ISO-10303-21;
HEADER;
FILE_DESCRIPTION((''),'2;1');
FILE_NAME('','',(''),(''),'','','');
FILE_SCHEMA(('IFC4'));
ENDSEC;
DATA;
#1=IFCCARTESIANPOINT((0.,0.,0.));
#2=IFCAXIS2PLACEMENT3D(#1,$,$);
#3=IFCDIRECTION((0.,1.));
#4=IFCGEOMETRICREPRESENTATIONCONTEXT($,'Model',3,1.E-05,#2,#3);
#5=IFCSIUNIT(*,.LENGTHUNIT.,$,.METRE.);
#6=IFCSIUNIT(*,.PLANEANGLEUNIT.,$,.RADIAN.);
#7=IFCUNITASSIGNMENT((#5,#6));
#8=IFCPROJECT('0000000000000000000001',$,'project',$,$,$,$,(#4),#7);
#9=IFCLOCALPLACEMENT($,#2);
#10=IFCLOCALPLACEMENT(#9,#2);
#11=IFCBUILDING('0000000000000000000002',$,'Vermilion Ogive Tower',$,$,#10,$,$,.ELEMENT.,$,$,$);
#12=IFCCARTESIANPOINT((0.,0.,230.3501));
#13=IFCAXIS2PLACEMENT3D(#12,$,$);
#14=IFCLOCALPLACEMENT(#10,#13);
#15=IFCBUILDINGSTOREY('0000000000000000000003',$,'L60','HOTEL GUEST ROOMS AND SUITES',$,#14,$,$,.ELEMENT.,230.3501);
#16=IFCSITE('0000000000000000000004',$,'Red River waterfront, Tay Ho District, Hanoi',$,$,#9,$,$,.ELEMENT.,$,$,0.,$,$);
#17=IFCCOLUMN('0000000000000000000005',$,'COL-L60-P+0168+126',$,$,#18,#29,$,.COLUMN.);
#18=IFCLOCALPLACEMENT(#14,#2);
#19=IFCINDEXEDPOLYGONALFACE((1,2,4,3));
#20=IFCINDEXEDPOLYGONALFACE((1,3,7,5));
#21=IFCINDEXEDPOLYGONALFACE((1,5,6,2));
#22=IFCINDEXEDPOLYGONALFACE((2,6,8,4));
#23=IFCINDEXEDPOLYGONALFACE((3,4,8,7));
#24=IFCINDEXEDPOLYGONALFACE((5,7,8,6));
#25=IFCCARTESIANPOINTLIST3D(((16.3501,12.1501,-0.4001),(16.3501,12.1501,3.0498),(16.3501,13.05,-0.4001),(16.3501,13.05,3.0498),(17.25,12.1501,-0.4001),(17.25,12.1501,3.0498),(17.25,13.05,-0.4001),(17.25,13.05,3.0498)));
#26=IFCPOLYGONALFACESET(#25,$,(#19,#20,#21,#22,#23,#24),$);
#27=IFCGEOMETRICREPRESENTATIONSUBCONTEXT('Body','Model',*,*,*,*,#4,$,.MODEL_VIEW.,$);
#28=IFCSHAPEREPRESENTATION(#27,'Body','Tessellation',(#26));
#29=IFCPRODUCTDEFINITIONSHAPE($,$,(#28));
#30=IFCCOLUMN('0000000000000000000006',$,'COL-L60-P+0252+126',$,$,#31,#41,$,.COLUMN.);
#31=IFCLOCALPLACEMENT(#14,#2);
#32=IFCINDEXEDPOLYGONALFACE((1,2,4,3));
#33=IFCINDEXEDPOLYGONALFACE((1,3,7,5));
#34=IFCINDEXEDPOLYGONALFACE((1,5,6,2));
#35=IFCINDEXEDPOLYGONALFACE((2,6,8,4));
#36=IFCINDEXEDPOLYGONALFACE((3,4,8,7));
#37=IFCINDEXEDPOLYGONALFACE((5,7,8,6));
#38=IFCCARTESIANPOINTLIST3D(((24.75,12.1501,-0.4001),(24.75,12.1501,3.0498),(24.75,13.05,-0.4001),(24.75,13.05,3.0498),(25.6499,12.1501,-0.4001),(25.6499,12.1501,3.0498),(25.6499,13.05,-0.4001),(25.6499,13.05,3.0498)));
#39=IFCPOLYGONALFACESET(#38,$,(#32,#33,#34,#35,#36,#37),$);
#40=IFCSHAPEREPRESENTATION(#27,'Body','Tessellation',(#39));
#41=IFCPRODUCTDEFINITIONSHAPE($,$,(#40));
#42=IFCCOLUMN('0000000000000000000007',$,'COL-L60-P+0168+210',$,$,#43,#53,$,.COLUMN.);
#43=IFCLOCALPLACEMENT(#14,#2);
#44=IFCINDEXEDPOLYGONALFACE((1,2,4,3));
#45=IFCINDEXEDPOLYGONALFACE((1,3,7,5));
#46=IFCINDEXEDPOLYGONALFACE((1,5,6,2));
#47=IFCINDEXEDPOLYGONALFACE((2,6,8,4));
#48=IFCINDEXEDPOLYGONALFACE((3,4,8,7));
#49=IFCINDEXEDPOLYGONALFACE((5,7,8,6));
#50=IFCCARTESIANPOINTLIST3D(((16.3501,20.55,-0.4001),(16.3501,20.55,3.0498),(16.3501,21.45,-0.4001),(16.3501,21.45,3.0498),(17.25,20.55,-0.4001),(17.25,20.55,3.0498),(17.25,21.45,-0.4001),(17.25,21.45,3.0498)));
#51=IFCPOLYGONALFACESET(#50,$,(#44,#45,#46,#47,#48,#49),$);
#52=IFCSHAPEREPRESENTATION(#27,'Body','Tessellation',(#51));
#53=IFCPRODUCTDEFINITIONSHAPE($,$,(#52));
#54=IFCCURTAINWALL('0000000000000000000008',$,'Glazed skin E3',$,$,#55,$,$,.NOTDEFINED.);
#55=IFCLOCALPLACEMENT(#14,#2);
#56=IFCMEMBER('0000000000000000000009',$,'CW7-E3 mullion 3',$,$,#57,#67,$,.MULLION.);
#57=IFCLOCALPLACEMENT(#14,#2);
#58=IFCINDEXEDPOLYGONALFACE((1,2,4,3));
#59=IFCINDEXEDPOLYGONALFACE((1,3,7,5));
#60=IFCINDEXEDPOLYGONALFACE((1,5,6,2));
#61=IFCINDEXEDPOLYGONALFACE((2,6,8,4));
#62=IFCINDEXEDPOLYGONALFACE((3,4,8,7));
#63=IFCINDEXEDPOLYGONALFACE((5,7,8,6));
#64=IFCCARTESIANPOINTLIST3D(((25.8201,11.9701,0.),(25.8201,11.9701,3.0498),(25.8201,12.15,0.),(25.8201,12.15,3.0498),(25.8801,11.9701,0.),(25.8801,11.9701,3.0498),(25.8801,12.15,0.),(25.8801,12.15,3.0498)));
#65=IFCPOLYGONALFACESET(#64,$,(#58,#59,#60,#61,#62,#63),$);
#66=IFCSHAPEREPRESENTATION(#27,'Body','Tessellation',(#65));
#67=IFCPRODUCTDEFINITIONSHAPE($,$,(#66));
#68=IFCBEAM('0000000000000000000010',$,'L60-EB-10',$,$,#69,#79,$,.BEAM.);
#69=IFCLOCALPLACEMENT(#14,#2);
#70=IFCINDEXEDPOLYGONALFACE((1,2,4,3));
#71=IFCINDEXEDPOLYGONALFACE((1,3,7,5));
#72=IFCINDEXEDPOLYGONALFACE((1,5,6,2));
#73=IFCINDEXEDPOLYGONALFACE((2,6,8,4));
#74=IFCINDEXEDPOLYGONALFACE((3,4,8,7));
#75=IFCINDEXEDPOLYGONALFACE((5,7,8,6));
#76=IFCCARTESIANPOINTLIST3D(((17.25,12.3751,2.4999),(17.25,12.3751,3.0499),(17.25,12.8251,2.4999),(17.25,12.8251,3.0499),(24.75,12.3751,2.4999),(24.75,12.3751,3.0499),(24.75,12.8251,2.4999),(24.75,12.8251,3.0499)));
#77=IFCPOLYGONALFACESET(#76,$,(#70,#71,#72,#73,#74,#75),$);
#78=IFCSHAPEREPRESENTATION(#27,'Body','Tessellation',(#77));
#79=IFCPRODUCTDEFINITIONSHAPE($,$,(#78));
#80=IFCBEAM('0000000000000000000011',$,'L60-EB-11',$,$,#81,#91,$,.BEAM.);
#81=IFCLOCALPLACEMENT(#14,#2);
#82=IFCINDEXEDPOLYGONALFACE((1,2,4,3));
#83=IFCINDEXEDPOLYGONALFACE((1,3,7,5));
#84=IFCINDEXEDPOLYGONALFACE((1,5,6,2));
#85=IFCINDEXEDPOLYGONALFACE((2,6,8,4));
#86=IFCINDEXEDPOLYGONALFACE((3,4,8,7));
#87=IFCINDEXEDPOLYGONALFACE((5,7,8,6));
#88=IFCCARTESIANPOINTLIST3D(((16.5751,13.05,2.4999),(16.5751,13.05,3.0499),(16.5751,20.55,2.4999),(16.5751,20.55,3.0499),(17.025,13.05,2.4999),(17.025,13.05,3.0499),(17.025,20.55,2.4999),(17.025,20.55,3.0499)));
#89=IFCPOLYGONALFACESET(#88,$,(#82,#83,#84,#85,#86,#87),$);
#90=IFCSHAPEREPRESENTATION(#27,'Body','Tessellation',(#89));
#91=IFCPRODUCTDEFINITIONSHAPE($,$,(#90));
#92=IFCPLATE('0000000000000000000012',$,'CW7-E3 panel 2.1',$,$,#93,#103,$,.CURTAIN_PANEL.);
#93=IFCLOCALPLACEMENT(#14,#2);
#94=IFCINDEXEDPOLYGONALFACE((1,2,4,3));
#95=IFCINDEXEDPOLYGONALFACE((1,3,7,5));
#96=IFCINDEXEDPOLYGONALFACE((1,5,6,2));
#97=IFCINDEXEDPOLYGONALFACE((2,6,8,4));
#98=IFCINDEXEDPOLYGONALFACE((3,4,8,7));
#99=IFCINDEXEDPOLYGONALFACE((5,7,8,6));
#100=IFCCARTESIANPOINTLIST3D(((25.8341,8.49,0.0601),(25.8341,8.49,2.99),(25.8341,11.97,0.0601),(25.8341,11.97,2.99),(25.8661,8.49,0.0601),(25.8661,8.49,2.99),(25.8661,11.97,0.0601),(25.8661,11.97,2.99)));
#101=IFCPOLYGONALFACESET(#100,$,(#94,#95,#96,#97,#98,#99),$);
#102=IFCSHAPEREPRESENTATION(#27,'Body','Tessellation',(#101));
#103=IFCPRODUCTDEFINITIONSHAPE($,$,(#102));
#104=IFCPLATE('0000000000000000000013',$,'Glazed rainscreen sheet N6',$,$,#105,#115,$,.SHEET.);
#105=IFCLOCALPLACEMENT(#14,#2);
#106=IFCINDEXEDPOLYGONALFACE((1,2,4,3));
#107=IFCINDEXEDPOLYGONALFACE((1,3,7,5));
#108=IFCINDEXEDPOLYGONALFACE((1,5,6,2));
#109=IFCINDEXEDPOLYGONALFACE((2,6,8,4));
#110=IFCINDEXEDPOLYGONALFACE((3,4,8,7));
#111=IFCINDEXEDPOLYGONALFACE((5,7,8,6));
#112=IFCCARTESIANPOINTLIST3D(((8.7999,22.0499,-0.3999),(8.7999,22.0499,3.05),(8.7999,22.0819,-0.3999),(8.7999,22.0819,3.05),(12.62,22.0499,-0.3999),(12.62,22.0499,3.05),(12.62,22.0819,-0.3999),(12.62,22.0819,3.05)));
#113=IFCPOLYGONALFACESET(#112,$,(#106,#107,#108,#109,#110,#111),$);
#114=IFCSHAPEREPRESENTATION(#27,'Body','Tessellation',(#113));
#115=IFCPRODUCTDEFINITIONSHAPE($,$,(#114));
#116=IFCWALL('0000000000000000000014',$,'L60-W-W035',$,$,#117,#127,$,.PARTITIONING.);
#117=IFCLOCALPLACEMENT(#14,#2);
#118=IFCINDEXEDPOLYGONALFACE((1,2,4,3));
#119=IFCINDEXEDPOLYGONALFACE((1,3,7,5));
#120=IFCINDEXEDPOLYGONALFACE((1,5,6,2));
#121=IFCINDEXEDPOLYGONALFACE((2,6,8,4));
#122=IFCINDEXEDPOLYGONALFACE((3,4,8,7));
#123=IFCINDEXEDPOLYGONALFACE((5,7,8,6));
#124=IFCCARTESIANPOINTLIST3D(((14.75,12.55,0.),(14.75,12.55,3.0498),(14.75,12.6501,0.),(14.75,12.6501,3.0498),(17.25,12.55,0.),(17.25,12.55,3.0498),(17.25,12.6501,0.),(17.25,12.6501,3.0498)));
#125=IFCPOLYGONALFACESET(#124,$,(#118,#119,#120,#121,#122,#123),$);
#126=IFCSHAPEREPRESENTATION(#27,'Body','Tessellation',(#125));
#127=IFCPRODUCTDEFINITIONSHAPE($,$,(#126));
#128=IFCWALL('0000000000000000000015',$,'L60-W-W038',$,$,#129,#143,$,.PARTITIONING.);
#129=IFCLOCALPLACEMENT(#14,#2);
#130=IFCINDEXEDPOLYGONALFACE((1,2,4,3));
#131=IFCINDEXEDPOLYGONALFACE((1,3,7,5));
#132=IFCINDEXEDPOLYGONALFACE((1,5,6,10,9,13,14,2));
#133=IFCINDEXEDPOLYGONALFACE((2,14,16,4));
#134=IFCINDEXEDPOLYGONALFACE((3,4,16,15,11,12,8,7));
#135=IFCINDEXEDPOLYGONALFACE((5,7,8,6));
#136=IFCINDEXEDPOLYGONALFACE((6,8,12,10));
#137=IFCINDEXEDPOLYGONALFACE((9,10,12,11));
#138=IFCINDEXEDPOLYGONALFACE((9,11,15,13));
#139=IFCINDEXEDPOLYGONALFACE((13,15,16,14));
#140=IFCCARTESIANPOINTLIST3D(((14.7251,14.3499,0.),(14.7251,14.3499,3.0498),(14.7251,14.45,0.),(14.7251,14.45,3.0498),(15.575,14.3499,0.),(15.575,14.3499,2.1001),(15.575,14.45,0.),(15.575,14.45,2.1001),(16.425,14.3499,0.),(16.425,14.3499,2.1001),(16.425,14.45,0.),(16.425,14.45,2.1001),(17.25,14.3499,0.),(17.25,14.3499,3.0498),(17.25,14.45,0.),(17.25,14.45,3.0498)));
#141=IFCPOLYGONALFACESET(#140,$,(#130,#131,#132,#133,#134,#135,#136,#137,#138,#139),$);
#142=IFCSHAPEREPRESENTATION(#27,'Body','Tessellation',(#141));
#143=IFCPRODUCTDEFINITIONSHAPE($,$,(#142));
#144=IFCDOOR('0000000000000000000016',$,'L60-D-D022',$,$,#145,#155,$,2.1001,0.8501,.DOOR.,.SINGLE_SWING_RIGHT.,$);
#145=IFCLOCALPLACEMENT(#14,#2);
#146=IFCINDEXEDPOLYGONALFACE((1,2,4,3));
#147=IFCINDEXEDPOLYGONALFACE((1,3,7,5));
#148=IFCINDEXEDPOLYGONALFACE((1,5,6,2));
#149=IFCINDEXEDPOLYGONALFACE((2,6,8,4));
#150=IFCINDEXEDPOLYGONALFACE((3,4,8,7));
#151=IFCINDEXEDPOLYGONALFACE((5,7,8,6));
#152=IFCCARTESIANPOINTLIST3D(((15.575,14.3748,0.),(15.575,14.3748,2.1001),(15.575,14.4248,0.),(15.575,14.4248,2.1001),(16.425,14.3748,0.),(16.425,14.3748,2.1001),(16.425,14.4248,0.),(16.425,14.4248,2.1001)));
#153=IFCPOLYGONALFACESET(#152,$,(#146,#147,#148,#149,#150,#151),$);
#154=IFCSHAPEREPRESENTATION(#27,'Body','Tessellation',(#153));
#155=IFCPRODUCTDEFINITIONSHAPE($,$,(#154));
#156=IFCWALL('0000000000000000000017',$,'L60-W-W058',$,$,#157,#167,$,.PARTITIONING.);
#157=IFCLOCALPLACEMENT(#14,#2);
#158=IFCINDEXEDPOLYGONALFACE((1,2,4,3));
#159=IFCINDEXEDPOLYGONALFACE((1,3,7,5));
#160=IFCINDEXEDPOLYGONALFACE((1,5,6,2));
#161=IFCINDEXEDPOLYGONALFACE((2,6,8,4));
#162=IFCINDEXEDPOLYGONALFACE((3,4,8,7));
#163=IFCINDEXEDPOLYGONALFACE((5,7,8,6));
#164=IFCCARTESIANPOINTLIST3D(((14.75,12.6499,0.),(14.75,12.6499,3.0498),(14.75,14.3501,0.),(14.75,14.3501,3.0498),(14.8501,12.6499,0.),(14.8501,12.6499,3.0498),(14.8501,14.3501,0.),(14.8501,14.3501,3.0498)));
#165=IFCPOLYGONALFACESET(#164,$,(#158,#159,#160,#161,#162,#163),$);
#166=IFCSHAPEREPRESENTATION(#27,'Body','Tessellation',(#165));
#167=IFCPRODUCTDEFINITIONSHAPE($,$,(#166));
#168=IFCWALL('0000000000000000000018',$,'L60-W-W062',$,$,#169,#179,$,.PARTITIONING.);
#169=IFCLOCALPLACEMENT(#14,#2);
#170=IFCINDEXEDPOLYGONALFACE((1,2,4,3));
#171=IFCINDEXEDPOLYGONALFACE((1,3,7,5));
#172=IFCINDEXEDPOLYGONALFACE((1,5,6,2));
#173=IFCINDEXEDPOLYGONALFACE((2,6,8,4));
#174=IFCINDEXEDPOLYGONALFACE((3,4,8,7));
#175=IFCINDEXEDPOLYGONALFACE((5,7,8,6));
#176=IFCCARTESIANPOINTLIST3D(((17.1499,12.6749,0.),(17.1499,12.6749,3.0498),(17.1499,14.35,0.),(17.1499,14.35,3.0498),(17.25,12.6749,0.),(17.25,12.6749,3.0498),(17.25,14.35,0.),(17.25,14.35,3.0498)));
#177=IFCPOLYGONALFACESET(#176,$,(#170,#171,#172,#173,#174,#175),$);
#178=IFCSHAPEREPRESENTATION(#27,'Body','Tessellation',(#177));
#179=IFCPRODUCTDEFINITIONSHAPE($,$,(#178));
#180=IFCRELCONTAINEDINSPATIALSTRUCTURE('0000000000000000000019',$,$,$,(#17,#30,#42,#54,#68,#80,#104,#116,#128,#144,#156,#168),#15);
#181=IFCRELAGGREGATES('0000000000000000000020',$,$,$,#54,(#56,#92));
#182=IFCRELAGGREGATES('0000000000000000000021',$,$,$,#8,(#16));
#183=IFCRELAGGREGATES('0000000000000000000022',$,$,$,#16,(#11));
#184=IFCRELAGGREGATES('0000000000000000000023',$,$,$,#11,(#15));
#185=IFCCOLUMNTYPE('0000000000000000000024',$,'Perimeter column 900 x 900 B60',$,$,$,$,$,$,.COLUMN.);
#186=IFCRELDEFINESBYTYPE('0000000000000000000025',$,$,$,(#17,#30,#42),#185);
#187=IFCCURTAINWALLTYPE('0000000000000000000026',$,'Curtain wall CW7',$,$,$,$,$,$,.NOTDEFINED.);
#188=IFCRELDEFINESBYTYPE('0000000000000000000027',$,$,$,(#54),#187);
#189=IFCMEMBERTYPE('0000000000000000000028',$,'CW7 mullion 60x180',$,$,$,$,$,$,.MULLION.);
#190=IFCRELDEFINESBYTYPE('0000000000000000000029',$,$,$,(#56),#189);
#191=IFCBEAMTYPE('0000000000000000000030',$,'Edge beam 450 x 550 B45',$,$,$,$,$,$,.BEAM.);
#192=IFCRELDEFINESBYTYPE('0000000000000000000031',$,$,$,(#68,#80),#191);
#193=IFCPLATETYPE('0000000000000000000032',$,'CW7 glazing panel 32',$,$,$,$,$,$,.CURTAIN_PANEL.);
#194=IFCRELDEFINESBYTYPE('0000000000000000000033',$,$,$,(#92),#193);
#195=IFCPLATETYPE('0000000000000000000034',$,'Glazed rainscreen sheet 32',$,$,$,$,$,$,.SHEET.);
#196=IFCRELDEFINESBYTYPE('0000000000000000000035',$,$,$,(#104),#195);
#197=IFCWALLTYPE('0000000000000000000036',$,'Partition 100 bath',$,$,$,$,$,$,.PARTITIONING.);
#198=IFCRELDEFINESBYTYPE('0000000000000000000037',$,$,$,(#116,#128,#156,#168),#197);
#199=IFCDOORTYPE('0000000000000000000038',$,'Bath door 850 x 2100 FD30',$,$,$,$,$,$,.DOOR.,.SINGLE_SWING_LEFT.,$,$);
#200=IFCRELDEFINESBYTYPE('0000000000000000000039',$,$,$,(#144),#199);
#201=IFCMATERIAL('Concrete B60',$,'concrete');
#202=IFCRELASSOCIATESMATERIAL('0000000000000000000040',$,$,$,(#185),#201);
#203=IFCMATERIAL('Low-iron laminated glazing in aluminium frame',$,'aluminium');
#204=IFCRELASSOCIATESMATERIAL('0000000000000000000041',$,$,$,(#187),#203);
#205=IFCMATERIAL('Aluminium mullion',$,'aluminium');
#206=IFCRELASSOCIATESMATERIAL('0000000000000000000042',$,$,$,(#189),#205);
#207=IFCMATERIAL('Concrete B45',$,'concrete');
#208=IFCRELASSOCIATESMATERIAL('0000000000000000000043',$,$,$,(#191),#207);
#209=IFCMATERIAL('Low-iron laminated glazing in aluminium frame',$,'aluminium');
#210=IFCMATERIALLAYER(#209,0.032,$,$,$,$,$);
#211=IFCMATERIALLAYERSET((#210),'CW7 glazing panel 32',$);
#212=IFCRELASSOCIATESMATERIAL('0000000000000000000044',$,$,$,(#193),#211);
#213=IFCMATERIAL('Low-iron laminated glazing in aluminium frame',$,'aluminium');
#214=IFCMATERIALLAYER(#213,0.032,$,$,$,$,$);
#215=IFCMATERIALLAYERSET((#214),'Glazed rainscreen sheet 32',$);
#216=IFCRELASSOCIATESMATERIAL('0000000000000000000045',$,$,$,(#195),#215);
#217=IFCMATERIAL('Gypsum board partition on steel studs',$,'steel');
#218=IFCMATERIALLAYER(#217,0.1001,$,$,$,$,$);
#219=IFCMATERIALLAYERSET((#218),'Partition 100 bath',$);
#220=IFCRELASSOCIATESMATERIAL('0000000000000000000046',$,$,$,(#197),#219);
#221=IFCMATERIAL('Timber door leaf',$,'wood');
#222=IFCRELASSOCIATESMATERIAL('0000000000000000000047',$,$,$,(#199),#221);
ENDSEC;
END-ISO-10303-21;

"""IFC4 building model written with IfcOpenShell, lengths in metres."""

from ifc_helpers import new_model, si_unit, direction, frame, frame_2d, origin, origin_2d, place, context, subcontext, project, spatial, rectangle, extrude, material, layer, layer_set, material_profile, profile_set, type_object, element, fill, aggregate, save


model = new_model("IFC4")

# Units and contexts
model_context = context("Model", 3, precision=1e-05, world=origin(), true_north=direction((0.0, 1.0)))
body_context = subcontext(model_context, "Body", "Model", "MODEL_VIEW")
ifc_project = project(units=[si_unit("LENGTHUNIT", "METRE"), si_unit("PLANEANGLEUNIT", "RADIAN")], contexts=[model_context])

# Site, building, storey
site_placement = place(None, origin())
site = spatial("IfcSite", under=ifc_project, at=site_placement, Name="Red River waterfront, Tay Ho District, Hanoi", CompositionType="ELEMENT", RefElevation=0.0)
building_placement = place(site_placement, origin())
building = spatial("IfcBuilding", under=site, at=building_placement, Name="Vermilion Ogive Tower", CompositionType="ELEMENT")
storey_placement = place(building_placement, frame((0.0, 0.0, 230.3501)))
storey = spatial("IfcBuildingStorey", under=building, at=storey_placement, Name="L60", Description="HOTEL GUEST ROOMS AND SUITES", CompositionType="ELEMENT", Elevation=230.3501)

# Columns
ifc_material_1 = material(Name="Concrete B60", Category="concrete")
ifc_material_profile_1 = material_profile(ifc_material_1, rectangle(XDim=0.8999, YDim=0.8999, at=origin_2d()), Name="900 x 900")
ifc_profile_set_1 = profile_set([ifc_material_profile_1], Name="Concrete B60")
column_type = type_object("IfcColumnType", Name="Perimeter column 900 x 900 B60", PredefinedType="COLUMN", material=ifc_profile_set_1)
for number, where, z_axis, x_axis, name in (
    (1, (16.8, 12.6001, -0.4001), (0.0, 0.0, 1.0), (1.0, 0.0, 0.0), "COL-L60-P+0168+126"),
    (2, (25.2, 12.6001, -0.4001), (0.0, 0.0, 1.0), (1.0, 0.0, 0.0), "COL-L60-P+0252+126"),
    (3, (16.8, 21.0, -0.4001), (0.0, 0.0, 1.0), (1.0, 0.0, 0.0), "COL-L60-P+0168+210"),
):
    element("IfcColumn", number, at=place(storey_placement, frame(where, z_axis=z_axis, x_axis=x_axis)), inside=storey, type_object=column_type, Name=name, PredefinedType="COLUMN", context=body_context, shape_type="SweptSolid", body=[
        extrude(rectangle(XDim=0.8999, YDim=0.8999, at=origin_2d()), origin(), (0.0, 0.0, 1.0), 3.45),
    ])

# Curtain wall, member
ifc_material_2 = material(Name="Low-iron laminated glazing in aluminium frame", Category="aluminium")
curtain_wall_type = type_object("IfcCurtainWallType", Name="Curtain wall CW7", PredefinedType="NOTDEFINED", material=ifc_material_2)
curtain_wall_placement = place(storey_placement, origin())
curtain_wall = element("IfcCurtainWall", 4, at=curtain_wall_placement, inside=storey, type_object=curtain_wall_type, Name="Glazed skin E3", PredefinedType="NOTDEFINED")
ifc_material_3 = material(Name="Aluminium mullion", Category="aluminium")
ifc_material_profile_2 = material_profile(ifc_material_3, rectangle(XDim=0.0601, YDim=0.1799, at=origin_2d()), Name="AL 60x180")
ifc_profile_set_2 = profile_set([ifc_material_profile_2], Name="Aluminium mullion")
member_type = type_object("IfcMemberType", Name="CW7 mullion 60x180", PredefinedType="MULLION", material=ifc_profile_set_2)
member_placement = place(storey_placement, frame((25.8501, 12.0601, 0.0), z_axis=(0.0, 0.0, 1.0), x_axis=(-1.0, 0.0, 0.0)))
member = element("IfcMember", 5, at=member_placement, type_object=member_type, Name="CW7-E3 mullion 3", PredefinedType="MULLION", context=body_context, shape_type="SweptSolid", body=[
    extrude(rectangle(XDim=0.0601, YDim=0.1799, at=origin_2d()), origin(), (0.0, 0.0, 1.0), 3.0498),
])

# Beams
ifc_material_4 = material(Name="Concrete B45", Category="concrete")
ifc_material_profile_3 = material_profile(ifc_material_4, rectangle(XDim=0.45, YDim=0.55, at=origin_2d()), Name="450 x 550")
ifc_profile_set_3 = profile_set([ifc_material_profile_3], Name="Concrete B45")
beam_type = type_object("IfcBeamType", Name="Edge beam 450 x 550 B45", PredefinedType="BEAM", material=ifc_profile_set_3)
for number, where, z_axis, x_axis, name in (
    (6, (24.75, 12.6001, 2.7749), (-1.0, 0.0, 0.0), (0.0, -1.0, 0.0), "L60-EB-10"),
    (7, (16.8, 13.05, 2.7749), (0.0, 1.0, 0.0), (-1.0, 0.0, 0.0), "L60-EB-11"),
):
    element("IfcBeam", number, at=place(storey_placement, frame(where, z_axis=z_axis, x_axis=x_axis)), inside=storey, type_object=beam_type, Name=name, PredefinedType="BEAM", context=body_context, shape_type="SweptSolid", body=[
        extrude(rectangle(XDim=0.45, YDim=0.55, at=origin_2d()), origin(), (0.0, 0.0, 1.0), 7.5),
    ])

# Plates
ifc_material_5 = material(Name="Low-iron laminated glazing in aluminium frame", Category="aluminium")
ifc_layer_1 = layer(ifc_material_5, 0.032)
ifc_layer_set_1 = layer_set([ifc_layer_1], Name="CW7 glazing panel 32")
plate_type_1 = type_object("IfcPlateType", Name="CW7 glazing panel 32", PredefinedType="CURTAIN_PANEL", material=ifc_layer_set_1)
plate_1_placement = place(storey_placement, frame((25.8501, 10.23, 0.0601), z_axis=(0.0, 0.0, 1.0), x_axis=(0.0, 1.0, 0.0)))
plate_1 = element("IfcPlate", 8, at=plate_1_placement, type_object=plate_type_1, Name="CW7-E3 panel 2.1", PredefinedType="CURTAIN_PANEL", context=body_context, shape_type="SweptSolid", body=[
    extrude(rectangle(XDim=3.48, YDim=0.032, at=origin_2d()), origin(), (0.0, 0.0, 1.0), 2.9299),
])
aggregate(curtain_wall, [member, plate_1])
ifc_material_6 = material(Name="Low-iron laminated glazing in aluminium frame", Category="aluminium")
ifc_layer_2 = layer(ifc_material_6, 0.032)
ifc_layer_set_2 = layer_set([ifc_layer_2], Name="Glazed rainscreen sheet 32")
plate_type_2 = type_object("IfcPlateType", Name="Glazed rainscreen sheet 32", PredefinedType="SHEET", material=ifc_layer_set_2)
plate_2_placement = place(storey_placement, frame((10.71, 22.0659, -0.3999), z_axis=(0.0, 0.0, 1.0), x_axis=(1.0, 0.0, 0.0)))
element("IfcPlate", 9, at=plate_2_placement, inside=storey, type_object=plate_type_2, Name="Glazed rainscreen sheet N6", PredefinedType="SHEET", context=body_context, shape_type="SweptSolid", body=[
    extrude(rectangle(XDim=3.8201, YDim=0.032, at=origin_2d()), origin(), (0.0, 0.0, 1.0), 3.45),
])

# Wall
ifc_material_7 = material(Name="Gypsum board partition on steel studs", Category="steel")
ifc_layer_3 = layer(ifc_material_7, 0.1001)
ifc_layer_set_3 = layer_set([ifc_layer_3], Name="Partition 100 bath")
wall_type_1 = type_object("IfcWallType", Name="Partition 100 bath", PredefinedType="PARTITIONING", material=ifc_layer_set_3)
wall_1_placement = place(storey_placement, frame((14.75, 12.6001, 0.0), z_axis=(0.0, 0.0, 1.0), x_axis=(1.0, 0.0, 0.0)))
element("IfcWall", 10, at=wall_1_placement, inside=storey, type_object=wall_type_1, Name="L60-W-W035", PredefinedType="PARTITIONING", context=body_context, shape_type="SweptSolid", body=[
    extrude(rectangle(XDim=2.5, YDim=0.1001, at=frame_2d((1.25, 0.0))), origin(), (0.0, 0.0, 1.0), 3.0498),
])

# Wall, opening, door
wall_2_placement = place(storey_placement, frame((14.7251, 14.3999, 0.0), z_axis=(0.0, 0.0, 1.0), x_axis=(1.0, 0.0, 0.0)))
wall_2 = element("IfcWall", 11, at=wall_2_placement, inside=storey, type_object=wall_type_1, Name="L60-W-W038", PredefinedType="PARTITIONING", context=body_context, shape_type="SweptSolid", body=[
    extrude(rectangle(XDim=2.5249, YDim=0.1001, at=frame_2d((1.2625, 0.0))), origin(), (0.0, 0.0, 1.0), 3.0498),
])
opening_1_placement = place(wall_2_placement, frame((0.8499, 0.0, 0.0)))
opening_1 = element("IfcOpeningElement", 12, at=opening_1_placement, cuts=wall_2, PredefinedType="OPENING", context=body_context, shape_type="SweptSolid", body=[
    extrude(rectangle(XDim=0.8501, YDim=2.1001, at=frame_2d((0.425, 1.05))), frame((0.0, 0.0601, 0.0), z_axis=(0.0, -1.0, 0.0), x_axis=(1.0, 0.0, 0.0)), (0.0, 0.0, 1.0), 0.1201),
])
ifc_material_8 = material(Name="Timber door leaf", Category="wood")
door_type_1 = type_object("IfcDoorType", Name="Bath door 850 x 2100 FD30", OperationType="SINGLE_SWING_LEFT", PredefinedType="DOOR", material=ifc_material_8)
door_1_placement = place(opening_1_placement, origin())
door_1 = element("IfcDoor", 13, at=door_1_placement, inside=storey, type_object=door_type_1, Name="L60-D-D022", OperationType="SINGLE_SWING_RIGHT", OverallHeight=2.1001, OverallWidth=0.8501, PredefinedType="DOOR", context=body_context, shape_type="SweptSolid", body=[
    extrude(rectangle(XDim=0.8501, YDim=2.1001, at=frame_2d((0.425, 1.05))), frame((0.0, 0.0249, 0.0), z_axis=(0.0, -1.0, 0.0), x_axis=(1.0, 0.0, 0.0)), (0.0, 0.0, 1.0), 0.05),
])
fill(opening_1, door_1)

# Walls
wall_3_placement = place(storey_placement, frame((14.8, 12.6499, 0.0), z_axis=(0.0, 0.0, 1.0), x_axis=(0.0, 1.0, 0.0)))
element("IfcWall", 14, at=wall_3_placement, inside=storey, type_object=wall_type_1, Name="L60-W-W058", PredefinedType="PARTITIONING", context=body_context, shape_type="SweptSolid", body=[
    extrude(rectangle(XDim=1.7002, YDim=0.1001, at=frame_2d((0.8501, 0.0))), origin(), (0.0, 0.0, 1.0), 3.0498),
])
wall_4_placement = place(storey_placement, frame((17.2, 12.675, 0.0), z_axis=(0.0, 0.0, 1.0), x_axis=(0.0, 1.0, 0.0)))
element("IfcWall", 15, at=wall_4_placement, inside=storey, type_object=wall_type_1, Name="L60-W-W062", PredefinedType="PARTITIONING", context=body_context, shape_type="SweptSolid", body=[
    extrude(rectangle(XDim=1.675, YDim=0.1001, at=frame_2d((0.8374, 0.0))), origin(), (0.0, 0.0, 1.0), 3.0498),
])

save(model, "model.ifc")
